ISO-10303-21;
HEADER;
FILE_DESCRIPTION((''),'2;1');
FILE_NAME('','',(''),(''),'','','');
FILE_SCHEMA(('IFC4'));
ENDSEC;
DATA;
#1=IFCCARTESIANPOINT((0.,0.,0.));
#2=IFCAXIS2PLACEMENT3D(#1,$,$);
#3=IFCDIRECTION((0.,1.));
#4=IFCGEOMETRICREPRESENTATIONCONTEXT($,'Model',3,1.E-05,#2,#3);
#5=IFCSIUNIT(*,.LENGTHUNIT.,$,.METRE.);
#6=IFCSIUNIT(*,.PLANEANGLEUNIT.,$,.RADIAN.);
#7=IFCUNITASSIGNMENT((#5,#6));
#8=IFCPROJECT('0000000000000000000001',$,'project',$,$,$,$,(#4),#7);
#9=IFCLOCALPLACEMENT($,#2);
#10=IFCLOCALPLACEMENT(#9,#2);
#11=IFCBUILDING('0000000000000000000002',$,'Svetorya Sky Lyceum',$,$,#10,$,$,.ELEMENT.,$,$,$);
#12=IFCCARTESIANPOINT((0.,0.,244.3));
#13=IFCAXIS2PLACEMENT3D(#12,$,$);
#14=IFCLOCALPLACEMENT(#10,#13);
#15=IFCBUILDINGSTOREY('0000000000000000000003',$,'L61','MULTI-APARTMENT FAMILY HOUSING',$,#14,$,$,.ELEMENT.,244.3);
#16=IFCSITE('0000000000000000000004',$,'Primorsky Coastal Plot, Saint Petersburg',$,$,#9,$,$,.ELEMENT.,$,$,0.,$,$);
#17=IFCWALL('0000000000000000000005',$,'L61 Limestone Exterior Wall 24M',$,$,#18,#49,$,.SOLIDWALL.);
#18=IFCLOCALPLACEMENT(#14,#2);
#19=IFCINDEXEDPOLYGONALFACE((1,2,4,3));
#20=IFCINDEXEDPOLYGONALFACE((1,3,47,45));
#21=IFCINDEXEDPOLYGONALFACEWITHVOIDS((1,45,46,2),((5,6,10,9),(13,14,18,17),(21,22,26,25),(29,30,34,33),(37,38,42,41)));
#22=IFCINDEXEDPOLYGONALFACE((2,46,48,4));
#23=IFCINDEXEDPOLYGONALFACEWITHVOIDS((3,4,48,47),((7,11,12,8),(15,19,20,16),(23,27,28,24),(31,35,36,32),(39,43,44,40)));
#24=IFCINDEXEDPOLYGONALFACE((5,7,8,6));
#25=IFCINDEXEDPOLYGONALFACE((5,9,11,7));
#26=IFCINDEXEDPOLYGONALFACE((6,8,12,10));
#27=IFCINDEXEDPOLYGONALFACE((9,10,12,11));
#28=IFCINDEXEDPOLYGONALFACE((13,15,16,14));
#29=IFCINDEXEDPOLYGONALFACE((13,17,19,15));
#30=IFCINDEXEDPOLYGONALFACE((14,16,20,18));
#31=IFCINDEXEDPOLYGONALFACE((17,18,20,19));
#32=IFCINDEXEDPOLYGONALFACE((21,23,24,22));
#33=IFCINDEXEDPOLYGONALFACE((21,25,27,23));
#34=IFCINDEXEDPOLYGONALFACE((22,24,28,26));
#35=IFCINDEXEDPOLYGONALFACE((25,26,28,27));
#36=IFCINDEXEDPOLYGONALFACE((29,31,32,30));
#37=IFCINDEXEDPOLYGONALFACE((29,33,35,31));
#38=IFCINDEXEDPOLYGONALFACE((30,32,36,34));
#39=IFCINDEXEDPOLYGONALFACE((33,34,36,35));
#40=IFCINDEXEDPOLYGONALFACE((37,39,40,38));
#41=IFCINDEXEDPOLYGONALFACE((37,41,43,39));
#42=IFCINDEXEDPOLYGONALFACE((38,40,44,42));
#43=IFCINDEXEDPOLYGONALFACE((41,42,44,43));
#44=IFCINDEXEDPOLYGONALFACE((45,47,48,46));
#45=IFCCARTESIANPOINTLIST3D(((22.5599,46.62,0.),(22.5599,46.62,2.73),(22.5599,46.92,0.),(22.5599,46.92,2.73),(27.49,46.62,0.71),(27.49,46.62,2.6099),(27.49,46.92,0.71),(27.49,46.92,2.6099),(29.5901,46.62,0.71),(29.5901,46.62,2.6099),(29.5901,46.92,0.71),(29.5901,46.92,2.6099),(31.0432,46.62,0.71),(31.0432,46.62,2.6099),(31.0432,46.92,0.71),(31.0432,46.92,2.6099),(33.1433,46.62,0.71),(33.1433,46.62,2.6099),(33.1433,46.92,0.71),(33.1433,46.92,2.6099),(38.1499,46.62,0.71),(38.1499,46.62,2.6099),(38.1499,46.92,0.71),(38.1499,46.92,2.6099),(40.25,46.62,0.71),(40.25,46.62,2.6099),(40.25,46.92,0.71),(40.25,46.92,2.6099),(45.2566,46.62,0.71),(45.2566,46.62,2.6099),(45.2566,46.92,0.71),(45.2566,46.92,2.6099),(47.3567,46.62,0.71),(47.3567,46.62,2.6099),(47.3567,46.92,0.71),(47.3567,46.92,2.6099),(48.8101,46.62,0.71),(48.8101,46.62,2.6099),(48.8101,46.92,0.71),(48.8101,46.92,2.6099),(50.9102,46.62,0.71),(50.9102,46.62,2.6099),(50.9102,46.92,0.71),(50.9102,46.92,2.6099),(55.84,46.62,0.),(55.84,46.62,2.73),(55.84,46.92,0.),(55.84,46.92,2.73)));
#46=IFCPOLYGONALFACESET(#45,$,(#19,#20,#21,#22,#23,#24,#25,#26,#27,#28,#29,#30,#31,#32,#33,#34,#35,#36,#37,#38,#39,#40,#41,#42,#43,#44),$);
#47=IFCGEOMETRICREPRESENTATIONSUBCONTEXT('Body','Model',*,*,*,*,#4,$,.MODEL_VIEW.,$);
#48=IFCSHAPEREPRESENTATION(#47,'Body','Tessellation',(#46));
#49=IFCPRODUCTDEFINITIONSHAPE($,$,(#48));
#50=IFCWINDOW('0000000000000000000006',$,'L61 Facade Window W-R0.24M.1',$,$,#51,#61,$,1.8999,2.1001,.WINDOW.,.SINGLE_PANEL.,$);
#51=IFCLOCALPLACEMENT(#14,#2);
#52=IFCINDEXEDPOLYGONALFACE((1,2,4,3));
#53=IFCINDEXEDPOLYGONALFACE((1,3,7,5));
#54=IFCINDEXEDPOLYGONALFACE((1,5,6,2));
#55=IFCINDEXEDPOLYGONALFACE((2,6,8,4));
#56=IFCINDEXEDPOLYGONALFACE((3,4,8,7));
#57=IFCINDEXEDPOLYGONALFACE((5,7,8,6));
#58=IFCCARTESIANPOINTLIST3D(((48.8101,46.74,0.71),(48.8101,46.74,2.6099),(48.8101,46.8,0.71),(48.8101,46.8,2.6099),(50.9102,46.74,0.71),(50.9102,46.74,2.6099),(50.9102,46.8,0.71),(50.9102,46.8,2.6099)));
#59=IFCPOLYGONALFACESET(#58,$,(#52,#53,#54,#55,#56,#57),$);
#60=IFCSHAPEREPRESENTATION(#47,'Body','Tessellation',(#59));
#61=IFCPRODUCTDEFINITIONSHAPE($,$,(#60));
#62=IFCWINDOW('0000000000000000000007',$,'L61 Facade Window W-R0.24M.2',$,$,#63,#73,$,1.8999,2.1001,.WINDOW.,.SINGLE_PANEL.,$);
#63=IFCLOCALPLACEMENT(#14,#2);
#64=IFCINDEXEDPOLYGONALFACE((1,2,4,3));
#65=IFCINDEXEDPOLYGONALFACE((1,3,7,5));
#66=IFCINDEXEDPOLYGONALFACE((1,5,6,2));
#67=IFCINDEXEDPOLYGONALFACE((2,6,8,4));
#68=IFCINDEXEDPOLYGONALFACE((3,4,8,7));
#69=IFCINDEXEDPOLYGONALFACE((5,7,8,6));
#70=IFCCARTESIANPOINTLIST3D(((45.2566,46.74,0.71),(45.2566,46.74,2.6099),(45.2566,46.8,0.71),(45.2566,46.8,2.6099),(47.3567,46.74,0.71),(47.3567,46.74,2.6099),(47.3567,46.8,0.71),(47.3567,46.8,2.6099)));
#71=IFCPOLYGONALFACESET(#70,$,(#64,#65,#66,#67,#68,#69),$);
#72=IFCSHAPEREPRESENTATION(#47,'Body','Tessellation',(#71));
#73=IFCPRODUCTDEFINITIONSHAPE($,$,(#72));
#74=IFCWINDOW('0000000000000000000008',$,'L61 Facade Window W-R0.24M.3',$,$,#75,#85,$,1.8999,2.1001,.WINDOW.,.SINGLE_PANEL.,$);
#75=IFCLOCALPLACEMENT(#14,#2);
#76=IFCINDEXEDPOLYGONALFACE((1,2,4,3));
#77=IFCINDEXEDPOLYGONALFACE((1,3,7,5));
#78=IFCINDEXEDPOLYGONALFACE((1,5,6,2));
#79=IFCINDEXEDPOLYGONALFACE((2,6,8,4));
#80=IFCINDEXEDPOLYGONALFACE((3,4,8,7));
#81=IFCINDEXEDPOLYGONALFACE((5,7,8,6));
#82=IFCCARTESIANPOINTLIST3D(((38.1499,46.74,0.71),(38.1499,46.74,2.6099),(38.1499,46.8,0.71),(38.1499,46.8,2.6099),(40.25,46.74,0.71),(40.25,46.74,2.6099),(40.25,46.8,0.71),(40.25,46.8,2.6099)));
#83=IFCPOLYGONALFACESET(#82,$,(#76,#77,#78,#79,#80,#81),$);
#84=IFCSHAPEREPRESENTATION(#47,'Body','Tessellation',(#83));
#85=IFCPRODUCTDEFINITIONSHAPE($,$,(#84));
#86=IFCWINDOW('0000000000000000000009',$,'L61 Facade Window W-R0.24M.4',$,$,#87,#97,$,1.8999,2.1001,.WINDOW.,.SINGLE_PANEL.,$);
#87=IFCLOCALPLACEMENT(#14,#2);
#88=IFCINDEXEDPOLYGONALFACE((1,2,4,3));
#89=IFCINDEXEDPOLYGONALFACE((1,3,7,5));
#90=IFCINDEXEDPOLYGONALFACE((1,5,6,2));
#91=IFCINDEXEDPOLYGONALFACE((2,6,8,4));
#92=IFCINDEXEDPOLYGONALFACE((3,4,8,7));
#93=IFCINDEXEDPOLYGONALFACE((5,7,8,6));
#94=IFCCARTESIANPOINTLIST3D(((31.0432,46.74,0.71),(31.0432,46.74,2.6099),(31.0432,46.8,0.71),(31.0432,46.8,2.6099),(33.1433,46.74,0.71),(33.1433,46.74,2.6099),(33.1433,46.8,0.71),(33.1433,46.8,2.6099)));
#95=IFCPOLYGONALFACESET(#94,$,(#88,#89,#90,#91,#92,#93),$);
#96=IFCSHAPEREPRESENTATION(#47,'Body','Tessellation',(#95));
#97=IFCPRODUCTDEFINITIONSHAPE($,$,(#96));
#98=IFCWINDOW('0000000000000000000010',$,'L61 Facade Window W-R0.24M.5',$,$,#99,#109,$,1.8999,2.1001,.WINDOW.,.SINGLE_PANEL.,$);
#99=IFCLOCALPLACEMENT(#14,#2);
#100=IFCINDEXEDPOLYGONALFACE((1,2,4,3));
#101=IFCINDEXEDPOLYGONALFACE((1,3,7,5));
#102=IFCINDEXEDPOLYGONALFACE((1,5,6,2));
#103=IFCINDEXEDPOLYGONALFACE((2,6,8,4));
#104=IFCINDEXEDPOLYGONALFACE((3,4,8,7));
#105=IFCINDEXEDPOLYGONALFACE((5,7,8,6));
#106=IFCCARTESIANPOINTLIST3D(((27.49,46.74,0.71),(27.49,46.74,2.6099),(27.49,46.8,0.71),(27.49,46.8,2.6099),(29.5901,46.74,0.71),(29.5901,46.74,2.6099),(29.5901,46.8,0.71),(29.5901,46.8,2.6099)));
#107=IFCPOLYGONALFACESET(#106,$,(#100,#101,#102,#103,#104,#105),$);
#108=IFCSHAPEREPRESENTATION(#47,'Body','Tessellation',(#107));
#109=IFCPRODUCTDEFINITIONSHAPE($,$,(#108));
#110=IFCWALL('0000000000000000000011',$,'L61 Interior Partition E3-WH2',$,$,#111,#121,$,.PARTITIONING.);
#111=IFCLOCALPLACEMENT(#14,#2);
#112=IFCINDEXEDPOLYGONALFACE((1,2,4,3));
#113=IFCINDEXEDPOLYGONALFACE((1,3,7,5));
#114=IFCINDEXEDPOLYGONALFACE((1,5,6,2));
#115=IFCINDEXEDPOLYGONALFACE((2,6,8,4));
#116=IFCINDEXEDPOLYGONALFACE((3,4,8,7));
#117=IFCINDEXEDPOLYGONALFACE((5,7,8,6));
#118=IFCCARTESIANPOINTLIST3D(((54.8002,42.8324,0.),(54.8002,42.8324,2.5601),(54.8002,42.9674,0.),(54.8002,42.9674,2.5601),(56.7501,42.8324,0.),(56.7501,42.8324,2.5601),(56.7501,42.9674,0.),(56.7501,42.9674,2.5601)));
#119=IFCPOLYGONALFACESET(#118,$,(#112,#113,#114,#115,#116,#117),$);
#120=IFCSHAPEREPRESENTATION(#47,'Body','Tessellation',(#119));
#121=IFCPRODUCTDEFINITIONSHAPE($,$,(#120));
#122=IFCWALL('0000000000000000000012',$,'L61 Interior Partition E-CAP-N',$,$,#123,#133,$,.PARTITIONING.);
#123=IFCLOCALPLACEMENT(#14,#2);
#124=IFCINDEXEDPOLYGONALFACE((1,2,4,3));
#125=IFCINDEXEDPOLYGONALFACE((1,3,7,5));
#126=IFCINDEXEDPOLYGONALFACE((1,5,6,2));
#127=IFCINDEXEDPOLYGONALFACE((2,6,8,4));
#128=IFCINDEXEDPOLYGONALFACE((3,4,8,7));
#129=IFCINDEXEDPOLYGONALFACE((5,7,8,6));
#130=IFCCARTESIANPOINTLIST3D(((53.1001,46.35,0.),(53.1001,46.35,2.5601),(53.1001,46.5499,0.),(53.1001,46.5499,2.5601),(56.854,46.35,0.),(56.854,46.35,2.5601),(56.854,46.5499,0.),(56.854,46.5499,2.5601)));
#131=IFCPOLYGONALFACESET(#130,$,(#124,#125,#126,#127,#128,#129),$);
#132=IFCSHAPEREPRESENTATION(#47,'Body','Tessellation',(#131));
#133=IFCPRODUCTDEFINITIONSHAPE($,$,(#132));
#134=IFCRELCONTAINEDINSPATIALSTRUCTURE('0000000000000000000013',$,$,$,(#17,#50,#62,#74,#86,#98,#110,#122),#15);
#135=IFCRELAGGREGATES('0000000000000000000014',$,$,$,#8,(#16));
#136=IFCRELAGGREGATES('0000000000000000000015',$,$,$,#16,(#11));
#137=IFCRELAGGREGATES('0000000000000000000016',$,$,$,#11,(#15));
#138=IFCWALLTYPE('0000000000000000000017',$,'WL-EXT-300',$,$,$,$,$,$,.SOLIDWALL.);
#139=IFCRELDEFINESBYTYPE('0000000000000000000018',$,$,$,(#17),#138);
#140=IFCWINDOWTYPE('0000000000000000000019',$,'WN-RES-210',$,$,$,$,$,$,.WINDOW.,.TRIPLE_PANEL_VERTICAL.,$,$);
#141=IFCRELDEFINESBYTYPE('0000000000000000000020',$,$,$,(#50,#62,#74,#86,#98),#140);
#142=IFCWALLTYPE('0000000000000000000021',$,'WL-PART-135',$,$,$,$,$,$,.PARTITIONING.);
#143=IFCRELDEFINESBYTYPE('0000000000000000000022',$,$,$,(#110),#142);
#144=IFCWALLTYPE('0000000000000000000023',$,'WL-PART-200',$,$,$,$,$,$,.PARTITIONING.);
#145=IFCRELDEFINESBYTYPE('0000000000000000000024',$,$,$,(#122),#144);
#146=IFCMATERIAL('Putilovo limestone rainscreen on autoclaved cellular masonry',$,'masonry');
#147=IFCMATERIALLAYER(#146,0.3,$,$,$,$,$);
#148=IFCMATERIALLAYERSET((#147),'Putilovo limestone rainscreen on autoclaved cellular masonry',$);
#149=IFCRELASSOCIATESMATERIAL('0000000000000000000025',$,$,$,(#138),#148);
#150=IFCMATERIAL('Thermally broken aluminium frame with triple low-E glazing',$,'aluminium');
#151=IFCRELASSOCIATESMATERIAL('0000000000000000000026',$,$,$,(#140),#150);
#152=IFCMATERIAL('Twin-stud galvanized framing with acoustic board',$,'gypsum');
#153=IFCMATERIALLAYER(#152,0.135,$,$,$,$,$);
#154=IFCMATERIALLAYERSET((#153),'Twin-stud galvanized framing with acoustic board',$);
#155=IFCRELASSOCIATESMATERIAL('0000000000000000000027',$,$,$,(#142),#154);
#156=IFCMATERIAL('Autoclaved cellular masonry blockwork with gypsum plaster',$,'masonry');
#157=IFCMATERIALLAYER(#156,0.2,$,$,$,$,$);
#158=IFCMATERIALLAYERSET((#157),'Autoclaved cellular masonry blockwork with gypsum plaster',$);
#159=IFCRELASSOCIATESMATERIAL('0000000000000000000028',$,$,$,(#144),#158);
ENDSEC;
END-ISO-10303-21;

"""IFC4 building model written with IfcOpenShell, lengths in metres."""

from ifc_helpers import new_model, si_unit, direction, frame, frame_2d, origin, place, context, subcontext, project, spatial, rectangle, extrude, material, layer, layer_set, type_object, element, fill, save


model = new_model("IFC4")

# Units and contexts
model_context = context("Model", 3, precision=1e-05, world=origin(), true_north=direction((0.0, 1.0)))
body_context = subcontext(model_context, "Body", "Model", "MODEL_VIEW")
ifc_project = project(units=[si_unit("LENGTHUNIT", "METRE"), si_unit("PLANEANGLEUNIT", "RADIAN")], contexts=[model_context])

# Site, building, storey
site_placement = place(None, origin())
site = spatial("IfcSite", under=ifc_project, at=site_placement, Name="Primorsky Coastal Plot, Saint Petersburg", CompositionType="ELEMENT", RefElevation=0.0)
building_placement = place(site_placement, origin())
building = spatial("IfcBuilding", under=site, at=building_placement, Name="Svetorya Sky Lyceum", CompositionType="ELEMENT")
storey_placement = place(building_placement, frame((0.0, 0.0, 244.3)))
storey = spatial("IfcBuildingStorey", under=building, at=storey_placement, Name="L61", Description="MULTI-APARTMENT FAMILY HOUSING", CompositionType="ELEMENT", Elevation=244.3)

# Shared definitions
ifc_material_1 = material(Name="Putilovo limestone rainscreen on autoclaved cellular masonry", Category="masonry")
ifc_layer_1 = layer(ifc_material_1, 0.3)
ifc_layer_set_1 = layer_set([ifc_layer_1], Name="Putilovo limestone rainscreen on autoclaved cellular masonry")
wall_type_1 = type_object("IfcWallType", Name="WL-EXT-300", PredefinedType="SOLIDWALL", material=ifc_layer_set_1)

# Wall, openings, windows
wall_1_placement = place(storey_placement, frame((55.8401, 46.77, 0.0), z_axis=(0.0, 0.0, 1.0), x_axis=(-1.0, 0.0, 0.0)))
wall_1 = element("IfcWall", 1, at=wall_1_placement, inside=storey, type_object=wall_type_1, Name="L61 Limestone Exterior Wall 24M", PredefinedType="SOLIDWALL", context=body_context, shape_type="SweptSolid", body=[
    extrude(rectangle(XDim=33.28, YDim=0.3, at=frame_2d((16.6401, 0.0))), origin(), (0.0, 0.0, 1.0), 2.73),
])
opening_1_placement = place(wall_1_placement, frame((4.9299, 0.0, 0.71)))
opening_1 = element("IfcOpeningElement", 2, at=opening_1_placement, cuts=wall_1, PredefinedType="OPENING", context=body_context, shape_type="SweptSolid", body=[
    extrude(rectangle(XDim=2.1001, YDim=1.8999, at=frame_2d((1.05, 0.95))), frame((0.0, 0.1599, 0.0), z_axis=(0.0, -1.0, 0.0), x_axis=(1.0, 0.0, 0.0)), (0.0, 0.0, 1.0), 0.3201),
])
opening_2_placement = place(wall_1_placement, frame((8.4834, 0.0, 0.71)))
opening_2 = element("IfcOpeningElement", 3, at=opening_2_placement, cuts=wall_1, PredefinedType="OPENING", context=body_context, shape_type="SweptSolid", body=[
    extrude(rectangle(XDim=2.1001, YDim=1.8999, at=frame_2d((1.05, 0.95))), frame((0.0, 0.1599, 0.0), z_axis=(0.0, -1.0, 0.0), x_axis=(1.0, 0.0, 0.0)), (0.0, 0.0, 1.0), 0.3201),
])
opening_3_placement = place(wall_1_placement, frame((15.5901, 0.0, 0.71)))
opening_3 = element("IfcOpeningElement", 4, at=opening_3_placement, cuts=wall_1, PredefinedType="OPENING", context=body_context, shape_type="SweptSolid", body=[
    extrude(rectangle(XDim=2.1001, YDim=1.8999, at=frame_2d((1.05, 0.95))), frame((0.0, 0.1599, 0.0), z_axis=(0.0, -1.0, 0.0), x_axis=(1.0, 0.0, 0.0)), (0.0, 0.0, 1.0), 0.3201),
])
opening_4_placement = place(wall_1_placement, frame((22.6968, 0.0, 0.71)))
opening_4 = element("IfcOpeningElement", 5, at=opening_4_placement, cuts=wall_1, PredefinedType="OPENING", context=body_context, shape_type="SweptSolid", body=[
    extrude(rectangle(XDim=2.1001, YDim=1.8999, at=frame_2d((1.05, 0.95))), frame((0.0, 0.1599, 0.0), z_axis=(0.0, -1.0, 0.0), x_axis=(1.0, 0.0, 0.0)), (0.0, 0.0, 1.0), 0.3201),
])
opening_5_placement = place(wall_1_placement, frame((26.25, 0.0, 0.71)))
opening_5 = element("IfcOpeningElement", 6, at=opening_5_placement, cuts=wall_1, PredefinedType="OPENING", context=body_context, shape_type="SweptSolid", body=[
    extrude(rectangle(XDim=2.1001, YDim=1.8999, at=frame_2d((1.05, 0.95))), frame((0.0, 0.1599, 0.0), z_axis=(0.0, -1.0, 0.0), x_axis=(1.0, 0.0, 0.0)), (0.0, 0.0, 1.0), 0.3201),
])
ifc_material_2 = material(Name="Thermally broken aluminium frame with triple low-E glazing", Category="aluminium")
window_type = type_object("IfcWindowType", Name="WN-RES-210", PartitioningType="TRIPLE_PANEL_VERTICAL", PredefinedType="WINDOW", material=ifc_material_2)
window_1_placement = place(opening_1_placement, origin())
window_1 = element("IfcWindow", 7, at=window_1_placement, inside=storey, type_object=window_type, Name="L61 Facade Window W-R0.24M.1", OverallHeight=1.8999, OverallWidth=2.1001, PartitioningType="SINGLE_PANEL", PredefinedType="WINDOW", context=body_context, shape_type="SweptSolid", body=[
    extrude(rectangle(XDim=2.1001, YDim=1.8999, at=frame_2d((1.05, 0.95))), frame((0.0, 0.03, 0.0), z_axis=(0.0, -1.0, 0.0), x_axis=(1.0, 0.0, 0.0)), (0.0, 0.0, 1.0), 0.0601),
])
fill(opening_1, window_1)
window_2_placement = place(opening_2_placement, origin())
window_2 = element("IfcWindow", 8, at=window_2_placement, inside=storey, type_object=window_type, Name="L61 Facade Window W-R0.24M.2", OverallHeight=1.8999, OverallWidth=2.1001, PartitioningType="SINGLE_PANEL", PredefinedType="WINDOW", context=body_context, shape_type="SweptSolid", body=[
    extrude(rectangle(XDim=2.1001, YDim=1.8999, at=frame_2d((1.05, 0.95))), frame((0.0, 0.03, 0.0), z_axis=(0.0, -1.0, 0.0), x_axis=(1.0, 0.0, 0.0)), (0.0, 0.0, 1.0), 0.0601),
])
fill(opening_2, window_2)
window_3_placement = place(opening_3_placement, origin())
window_3 = element("IfcWindow", 9, at=window_3_placement, inside=storey, type_object=window_type, Name="L61 Facade Window W-R0.24M.3", OverallHeight=1.8999, OverallWidth=2.1001, PartitioningType="SINGLE_PANEL", PredefinedType="WINDOW", context=body_context, shape_type="SweptSolid", body=[
    extrude(rectangle(XDim=2.1001, YDim=1.8999, at=frame_2d((1.05, 0.95))), frame((0.0, 0.03, 0.0), z_axis=(0.0, -1.0, 0.0), x_axis=(1.0, 0.0, 0.0)), (0.0, 0.0, 1.0), 0.0601),
])
fill(opening_3, window_3)
window_4_placement = place(opening_4_placement, origin())
window_4 = element("IfcWindow", 10, at=window_4_placement, inside=storey, type_object=window_type, Name="L61 Facade Window W-R0.24M.4", OverallHeight=1.8999, OverallWidth=2.1001, PartitioningType="SINGLE_PANEL", PredefinedType="WINDOW", context=body_context, shape_type="SweptSolid", body=[
    extrude(rectangle(XDim=2.1001, YDim=1.8999, at=frame_2d((1.05, 0.95))), frame((0.0, 0.03, 0.0), z_axis=(0.0, -1.0, 0.0), x_axis=(1.0, 0.0, 0.0)), (0.0, 0.0, 1.0), 0.0601),
])
fill(opening_4, window_4)
window_5_placement = place(opening_5_placement, origin())
window_5 = element("IfcWindow", 11, at=window_5_placement, inside=storey, type_object=window_type, Name="L61 Facade Window W-R0.24M.5", OverallHeight=1.8999, OverallWidth=2.1001, PartitioningType="SINGLE_PANEL", PredefinedType="WINDOW", context=body_context, shape_type="SweptSolid", body=[
    extrude(rectangle(XDim=2.1001, YDim=1.8999, at=frame_2d((1.05, 0.95))), frame((0.0, 0.03, 0.0), z_axis=(0.0, -1.0, 0.0), x_axis=(1.0, 0.0, 0.0)), (0.0, 0.0, 1.0), 0.0601),
])
fill(opening_5, window_5)

# Walls
ifc_material_3 = material(Name="Twin-stud galvanized framing with acoustic board", Category="gypsum")
ifc_layer_2 = layer(ifc_material_3, 0.135)
ifc_layer_set_2 = layer_set([ifc_layer_2], Name="Twin-stud galvanized framing with acoustic board")
wall_type_2 = type_object("IfcWallType", Name="WL-PART-135", PredefinedType="PARTITIONING", material=ifc_layer_set_2)
wall_2_placement = place(storey_placement, frame((54.8, 42.8999, 0.0), z_axis=(0.0, 0.0, 1.0), x_axis=(1.0, 0.0, 0.0)))
element("IfcWall", 12, at=wall_2_placement, inside=storey, type_object=wall_type_2, Name="L61 Interior Partition E3-WH2", PredefinedType="PARTITIONING", context=body_context, shape_type="SweptSolid", body=[
    extrude(rectangle(XDim=1.95, YDim=0.135, at=frame_2d((0.9751, 0.0))), origin(), (0.0, 0.0, 1.0), 2.5601),
])
ifc_material_4 = material(Name="Autoclaved cellular masonry blockwork with gypsum plaster", Category="masonry")
ifc_layer_3 = layer(ifc_material_4, 0.2)
ifc_layer_set_3 = layer_set([ifc_layer_3], Name="Autoclaved cellular masonry blockwork with gypsum plaster")
wall_type_3 = type_object("IfcWallType", Name="WL-PART-200", PredefinedType="PARTITIONING", material=ifc_layer_set_3)
wall_3_placement = place(storey_placement, frame((53.1001, 46.45, 0.0), z_axis=(0.0, 0.0, 1.0), x_axis=(1.0, 0.0, 0.0)))
element("IfcWall", 13, at=wall_3_placement, inside=storey, type_object=wall_type_3, Name="L61 Interior Partition E-CAP-N", PredefinedType="PARTITIONING", context=body_context, shape_type="SweptSolid", body=[
    extrude(rectangle(XDim=3.7539, YDim=0.2, at=frame_2d((1.877, 0.0))), origin(), (0.0, 0.0, 1.0), 2.5601),
])

save(model, "model.ifc")
